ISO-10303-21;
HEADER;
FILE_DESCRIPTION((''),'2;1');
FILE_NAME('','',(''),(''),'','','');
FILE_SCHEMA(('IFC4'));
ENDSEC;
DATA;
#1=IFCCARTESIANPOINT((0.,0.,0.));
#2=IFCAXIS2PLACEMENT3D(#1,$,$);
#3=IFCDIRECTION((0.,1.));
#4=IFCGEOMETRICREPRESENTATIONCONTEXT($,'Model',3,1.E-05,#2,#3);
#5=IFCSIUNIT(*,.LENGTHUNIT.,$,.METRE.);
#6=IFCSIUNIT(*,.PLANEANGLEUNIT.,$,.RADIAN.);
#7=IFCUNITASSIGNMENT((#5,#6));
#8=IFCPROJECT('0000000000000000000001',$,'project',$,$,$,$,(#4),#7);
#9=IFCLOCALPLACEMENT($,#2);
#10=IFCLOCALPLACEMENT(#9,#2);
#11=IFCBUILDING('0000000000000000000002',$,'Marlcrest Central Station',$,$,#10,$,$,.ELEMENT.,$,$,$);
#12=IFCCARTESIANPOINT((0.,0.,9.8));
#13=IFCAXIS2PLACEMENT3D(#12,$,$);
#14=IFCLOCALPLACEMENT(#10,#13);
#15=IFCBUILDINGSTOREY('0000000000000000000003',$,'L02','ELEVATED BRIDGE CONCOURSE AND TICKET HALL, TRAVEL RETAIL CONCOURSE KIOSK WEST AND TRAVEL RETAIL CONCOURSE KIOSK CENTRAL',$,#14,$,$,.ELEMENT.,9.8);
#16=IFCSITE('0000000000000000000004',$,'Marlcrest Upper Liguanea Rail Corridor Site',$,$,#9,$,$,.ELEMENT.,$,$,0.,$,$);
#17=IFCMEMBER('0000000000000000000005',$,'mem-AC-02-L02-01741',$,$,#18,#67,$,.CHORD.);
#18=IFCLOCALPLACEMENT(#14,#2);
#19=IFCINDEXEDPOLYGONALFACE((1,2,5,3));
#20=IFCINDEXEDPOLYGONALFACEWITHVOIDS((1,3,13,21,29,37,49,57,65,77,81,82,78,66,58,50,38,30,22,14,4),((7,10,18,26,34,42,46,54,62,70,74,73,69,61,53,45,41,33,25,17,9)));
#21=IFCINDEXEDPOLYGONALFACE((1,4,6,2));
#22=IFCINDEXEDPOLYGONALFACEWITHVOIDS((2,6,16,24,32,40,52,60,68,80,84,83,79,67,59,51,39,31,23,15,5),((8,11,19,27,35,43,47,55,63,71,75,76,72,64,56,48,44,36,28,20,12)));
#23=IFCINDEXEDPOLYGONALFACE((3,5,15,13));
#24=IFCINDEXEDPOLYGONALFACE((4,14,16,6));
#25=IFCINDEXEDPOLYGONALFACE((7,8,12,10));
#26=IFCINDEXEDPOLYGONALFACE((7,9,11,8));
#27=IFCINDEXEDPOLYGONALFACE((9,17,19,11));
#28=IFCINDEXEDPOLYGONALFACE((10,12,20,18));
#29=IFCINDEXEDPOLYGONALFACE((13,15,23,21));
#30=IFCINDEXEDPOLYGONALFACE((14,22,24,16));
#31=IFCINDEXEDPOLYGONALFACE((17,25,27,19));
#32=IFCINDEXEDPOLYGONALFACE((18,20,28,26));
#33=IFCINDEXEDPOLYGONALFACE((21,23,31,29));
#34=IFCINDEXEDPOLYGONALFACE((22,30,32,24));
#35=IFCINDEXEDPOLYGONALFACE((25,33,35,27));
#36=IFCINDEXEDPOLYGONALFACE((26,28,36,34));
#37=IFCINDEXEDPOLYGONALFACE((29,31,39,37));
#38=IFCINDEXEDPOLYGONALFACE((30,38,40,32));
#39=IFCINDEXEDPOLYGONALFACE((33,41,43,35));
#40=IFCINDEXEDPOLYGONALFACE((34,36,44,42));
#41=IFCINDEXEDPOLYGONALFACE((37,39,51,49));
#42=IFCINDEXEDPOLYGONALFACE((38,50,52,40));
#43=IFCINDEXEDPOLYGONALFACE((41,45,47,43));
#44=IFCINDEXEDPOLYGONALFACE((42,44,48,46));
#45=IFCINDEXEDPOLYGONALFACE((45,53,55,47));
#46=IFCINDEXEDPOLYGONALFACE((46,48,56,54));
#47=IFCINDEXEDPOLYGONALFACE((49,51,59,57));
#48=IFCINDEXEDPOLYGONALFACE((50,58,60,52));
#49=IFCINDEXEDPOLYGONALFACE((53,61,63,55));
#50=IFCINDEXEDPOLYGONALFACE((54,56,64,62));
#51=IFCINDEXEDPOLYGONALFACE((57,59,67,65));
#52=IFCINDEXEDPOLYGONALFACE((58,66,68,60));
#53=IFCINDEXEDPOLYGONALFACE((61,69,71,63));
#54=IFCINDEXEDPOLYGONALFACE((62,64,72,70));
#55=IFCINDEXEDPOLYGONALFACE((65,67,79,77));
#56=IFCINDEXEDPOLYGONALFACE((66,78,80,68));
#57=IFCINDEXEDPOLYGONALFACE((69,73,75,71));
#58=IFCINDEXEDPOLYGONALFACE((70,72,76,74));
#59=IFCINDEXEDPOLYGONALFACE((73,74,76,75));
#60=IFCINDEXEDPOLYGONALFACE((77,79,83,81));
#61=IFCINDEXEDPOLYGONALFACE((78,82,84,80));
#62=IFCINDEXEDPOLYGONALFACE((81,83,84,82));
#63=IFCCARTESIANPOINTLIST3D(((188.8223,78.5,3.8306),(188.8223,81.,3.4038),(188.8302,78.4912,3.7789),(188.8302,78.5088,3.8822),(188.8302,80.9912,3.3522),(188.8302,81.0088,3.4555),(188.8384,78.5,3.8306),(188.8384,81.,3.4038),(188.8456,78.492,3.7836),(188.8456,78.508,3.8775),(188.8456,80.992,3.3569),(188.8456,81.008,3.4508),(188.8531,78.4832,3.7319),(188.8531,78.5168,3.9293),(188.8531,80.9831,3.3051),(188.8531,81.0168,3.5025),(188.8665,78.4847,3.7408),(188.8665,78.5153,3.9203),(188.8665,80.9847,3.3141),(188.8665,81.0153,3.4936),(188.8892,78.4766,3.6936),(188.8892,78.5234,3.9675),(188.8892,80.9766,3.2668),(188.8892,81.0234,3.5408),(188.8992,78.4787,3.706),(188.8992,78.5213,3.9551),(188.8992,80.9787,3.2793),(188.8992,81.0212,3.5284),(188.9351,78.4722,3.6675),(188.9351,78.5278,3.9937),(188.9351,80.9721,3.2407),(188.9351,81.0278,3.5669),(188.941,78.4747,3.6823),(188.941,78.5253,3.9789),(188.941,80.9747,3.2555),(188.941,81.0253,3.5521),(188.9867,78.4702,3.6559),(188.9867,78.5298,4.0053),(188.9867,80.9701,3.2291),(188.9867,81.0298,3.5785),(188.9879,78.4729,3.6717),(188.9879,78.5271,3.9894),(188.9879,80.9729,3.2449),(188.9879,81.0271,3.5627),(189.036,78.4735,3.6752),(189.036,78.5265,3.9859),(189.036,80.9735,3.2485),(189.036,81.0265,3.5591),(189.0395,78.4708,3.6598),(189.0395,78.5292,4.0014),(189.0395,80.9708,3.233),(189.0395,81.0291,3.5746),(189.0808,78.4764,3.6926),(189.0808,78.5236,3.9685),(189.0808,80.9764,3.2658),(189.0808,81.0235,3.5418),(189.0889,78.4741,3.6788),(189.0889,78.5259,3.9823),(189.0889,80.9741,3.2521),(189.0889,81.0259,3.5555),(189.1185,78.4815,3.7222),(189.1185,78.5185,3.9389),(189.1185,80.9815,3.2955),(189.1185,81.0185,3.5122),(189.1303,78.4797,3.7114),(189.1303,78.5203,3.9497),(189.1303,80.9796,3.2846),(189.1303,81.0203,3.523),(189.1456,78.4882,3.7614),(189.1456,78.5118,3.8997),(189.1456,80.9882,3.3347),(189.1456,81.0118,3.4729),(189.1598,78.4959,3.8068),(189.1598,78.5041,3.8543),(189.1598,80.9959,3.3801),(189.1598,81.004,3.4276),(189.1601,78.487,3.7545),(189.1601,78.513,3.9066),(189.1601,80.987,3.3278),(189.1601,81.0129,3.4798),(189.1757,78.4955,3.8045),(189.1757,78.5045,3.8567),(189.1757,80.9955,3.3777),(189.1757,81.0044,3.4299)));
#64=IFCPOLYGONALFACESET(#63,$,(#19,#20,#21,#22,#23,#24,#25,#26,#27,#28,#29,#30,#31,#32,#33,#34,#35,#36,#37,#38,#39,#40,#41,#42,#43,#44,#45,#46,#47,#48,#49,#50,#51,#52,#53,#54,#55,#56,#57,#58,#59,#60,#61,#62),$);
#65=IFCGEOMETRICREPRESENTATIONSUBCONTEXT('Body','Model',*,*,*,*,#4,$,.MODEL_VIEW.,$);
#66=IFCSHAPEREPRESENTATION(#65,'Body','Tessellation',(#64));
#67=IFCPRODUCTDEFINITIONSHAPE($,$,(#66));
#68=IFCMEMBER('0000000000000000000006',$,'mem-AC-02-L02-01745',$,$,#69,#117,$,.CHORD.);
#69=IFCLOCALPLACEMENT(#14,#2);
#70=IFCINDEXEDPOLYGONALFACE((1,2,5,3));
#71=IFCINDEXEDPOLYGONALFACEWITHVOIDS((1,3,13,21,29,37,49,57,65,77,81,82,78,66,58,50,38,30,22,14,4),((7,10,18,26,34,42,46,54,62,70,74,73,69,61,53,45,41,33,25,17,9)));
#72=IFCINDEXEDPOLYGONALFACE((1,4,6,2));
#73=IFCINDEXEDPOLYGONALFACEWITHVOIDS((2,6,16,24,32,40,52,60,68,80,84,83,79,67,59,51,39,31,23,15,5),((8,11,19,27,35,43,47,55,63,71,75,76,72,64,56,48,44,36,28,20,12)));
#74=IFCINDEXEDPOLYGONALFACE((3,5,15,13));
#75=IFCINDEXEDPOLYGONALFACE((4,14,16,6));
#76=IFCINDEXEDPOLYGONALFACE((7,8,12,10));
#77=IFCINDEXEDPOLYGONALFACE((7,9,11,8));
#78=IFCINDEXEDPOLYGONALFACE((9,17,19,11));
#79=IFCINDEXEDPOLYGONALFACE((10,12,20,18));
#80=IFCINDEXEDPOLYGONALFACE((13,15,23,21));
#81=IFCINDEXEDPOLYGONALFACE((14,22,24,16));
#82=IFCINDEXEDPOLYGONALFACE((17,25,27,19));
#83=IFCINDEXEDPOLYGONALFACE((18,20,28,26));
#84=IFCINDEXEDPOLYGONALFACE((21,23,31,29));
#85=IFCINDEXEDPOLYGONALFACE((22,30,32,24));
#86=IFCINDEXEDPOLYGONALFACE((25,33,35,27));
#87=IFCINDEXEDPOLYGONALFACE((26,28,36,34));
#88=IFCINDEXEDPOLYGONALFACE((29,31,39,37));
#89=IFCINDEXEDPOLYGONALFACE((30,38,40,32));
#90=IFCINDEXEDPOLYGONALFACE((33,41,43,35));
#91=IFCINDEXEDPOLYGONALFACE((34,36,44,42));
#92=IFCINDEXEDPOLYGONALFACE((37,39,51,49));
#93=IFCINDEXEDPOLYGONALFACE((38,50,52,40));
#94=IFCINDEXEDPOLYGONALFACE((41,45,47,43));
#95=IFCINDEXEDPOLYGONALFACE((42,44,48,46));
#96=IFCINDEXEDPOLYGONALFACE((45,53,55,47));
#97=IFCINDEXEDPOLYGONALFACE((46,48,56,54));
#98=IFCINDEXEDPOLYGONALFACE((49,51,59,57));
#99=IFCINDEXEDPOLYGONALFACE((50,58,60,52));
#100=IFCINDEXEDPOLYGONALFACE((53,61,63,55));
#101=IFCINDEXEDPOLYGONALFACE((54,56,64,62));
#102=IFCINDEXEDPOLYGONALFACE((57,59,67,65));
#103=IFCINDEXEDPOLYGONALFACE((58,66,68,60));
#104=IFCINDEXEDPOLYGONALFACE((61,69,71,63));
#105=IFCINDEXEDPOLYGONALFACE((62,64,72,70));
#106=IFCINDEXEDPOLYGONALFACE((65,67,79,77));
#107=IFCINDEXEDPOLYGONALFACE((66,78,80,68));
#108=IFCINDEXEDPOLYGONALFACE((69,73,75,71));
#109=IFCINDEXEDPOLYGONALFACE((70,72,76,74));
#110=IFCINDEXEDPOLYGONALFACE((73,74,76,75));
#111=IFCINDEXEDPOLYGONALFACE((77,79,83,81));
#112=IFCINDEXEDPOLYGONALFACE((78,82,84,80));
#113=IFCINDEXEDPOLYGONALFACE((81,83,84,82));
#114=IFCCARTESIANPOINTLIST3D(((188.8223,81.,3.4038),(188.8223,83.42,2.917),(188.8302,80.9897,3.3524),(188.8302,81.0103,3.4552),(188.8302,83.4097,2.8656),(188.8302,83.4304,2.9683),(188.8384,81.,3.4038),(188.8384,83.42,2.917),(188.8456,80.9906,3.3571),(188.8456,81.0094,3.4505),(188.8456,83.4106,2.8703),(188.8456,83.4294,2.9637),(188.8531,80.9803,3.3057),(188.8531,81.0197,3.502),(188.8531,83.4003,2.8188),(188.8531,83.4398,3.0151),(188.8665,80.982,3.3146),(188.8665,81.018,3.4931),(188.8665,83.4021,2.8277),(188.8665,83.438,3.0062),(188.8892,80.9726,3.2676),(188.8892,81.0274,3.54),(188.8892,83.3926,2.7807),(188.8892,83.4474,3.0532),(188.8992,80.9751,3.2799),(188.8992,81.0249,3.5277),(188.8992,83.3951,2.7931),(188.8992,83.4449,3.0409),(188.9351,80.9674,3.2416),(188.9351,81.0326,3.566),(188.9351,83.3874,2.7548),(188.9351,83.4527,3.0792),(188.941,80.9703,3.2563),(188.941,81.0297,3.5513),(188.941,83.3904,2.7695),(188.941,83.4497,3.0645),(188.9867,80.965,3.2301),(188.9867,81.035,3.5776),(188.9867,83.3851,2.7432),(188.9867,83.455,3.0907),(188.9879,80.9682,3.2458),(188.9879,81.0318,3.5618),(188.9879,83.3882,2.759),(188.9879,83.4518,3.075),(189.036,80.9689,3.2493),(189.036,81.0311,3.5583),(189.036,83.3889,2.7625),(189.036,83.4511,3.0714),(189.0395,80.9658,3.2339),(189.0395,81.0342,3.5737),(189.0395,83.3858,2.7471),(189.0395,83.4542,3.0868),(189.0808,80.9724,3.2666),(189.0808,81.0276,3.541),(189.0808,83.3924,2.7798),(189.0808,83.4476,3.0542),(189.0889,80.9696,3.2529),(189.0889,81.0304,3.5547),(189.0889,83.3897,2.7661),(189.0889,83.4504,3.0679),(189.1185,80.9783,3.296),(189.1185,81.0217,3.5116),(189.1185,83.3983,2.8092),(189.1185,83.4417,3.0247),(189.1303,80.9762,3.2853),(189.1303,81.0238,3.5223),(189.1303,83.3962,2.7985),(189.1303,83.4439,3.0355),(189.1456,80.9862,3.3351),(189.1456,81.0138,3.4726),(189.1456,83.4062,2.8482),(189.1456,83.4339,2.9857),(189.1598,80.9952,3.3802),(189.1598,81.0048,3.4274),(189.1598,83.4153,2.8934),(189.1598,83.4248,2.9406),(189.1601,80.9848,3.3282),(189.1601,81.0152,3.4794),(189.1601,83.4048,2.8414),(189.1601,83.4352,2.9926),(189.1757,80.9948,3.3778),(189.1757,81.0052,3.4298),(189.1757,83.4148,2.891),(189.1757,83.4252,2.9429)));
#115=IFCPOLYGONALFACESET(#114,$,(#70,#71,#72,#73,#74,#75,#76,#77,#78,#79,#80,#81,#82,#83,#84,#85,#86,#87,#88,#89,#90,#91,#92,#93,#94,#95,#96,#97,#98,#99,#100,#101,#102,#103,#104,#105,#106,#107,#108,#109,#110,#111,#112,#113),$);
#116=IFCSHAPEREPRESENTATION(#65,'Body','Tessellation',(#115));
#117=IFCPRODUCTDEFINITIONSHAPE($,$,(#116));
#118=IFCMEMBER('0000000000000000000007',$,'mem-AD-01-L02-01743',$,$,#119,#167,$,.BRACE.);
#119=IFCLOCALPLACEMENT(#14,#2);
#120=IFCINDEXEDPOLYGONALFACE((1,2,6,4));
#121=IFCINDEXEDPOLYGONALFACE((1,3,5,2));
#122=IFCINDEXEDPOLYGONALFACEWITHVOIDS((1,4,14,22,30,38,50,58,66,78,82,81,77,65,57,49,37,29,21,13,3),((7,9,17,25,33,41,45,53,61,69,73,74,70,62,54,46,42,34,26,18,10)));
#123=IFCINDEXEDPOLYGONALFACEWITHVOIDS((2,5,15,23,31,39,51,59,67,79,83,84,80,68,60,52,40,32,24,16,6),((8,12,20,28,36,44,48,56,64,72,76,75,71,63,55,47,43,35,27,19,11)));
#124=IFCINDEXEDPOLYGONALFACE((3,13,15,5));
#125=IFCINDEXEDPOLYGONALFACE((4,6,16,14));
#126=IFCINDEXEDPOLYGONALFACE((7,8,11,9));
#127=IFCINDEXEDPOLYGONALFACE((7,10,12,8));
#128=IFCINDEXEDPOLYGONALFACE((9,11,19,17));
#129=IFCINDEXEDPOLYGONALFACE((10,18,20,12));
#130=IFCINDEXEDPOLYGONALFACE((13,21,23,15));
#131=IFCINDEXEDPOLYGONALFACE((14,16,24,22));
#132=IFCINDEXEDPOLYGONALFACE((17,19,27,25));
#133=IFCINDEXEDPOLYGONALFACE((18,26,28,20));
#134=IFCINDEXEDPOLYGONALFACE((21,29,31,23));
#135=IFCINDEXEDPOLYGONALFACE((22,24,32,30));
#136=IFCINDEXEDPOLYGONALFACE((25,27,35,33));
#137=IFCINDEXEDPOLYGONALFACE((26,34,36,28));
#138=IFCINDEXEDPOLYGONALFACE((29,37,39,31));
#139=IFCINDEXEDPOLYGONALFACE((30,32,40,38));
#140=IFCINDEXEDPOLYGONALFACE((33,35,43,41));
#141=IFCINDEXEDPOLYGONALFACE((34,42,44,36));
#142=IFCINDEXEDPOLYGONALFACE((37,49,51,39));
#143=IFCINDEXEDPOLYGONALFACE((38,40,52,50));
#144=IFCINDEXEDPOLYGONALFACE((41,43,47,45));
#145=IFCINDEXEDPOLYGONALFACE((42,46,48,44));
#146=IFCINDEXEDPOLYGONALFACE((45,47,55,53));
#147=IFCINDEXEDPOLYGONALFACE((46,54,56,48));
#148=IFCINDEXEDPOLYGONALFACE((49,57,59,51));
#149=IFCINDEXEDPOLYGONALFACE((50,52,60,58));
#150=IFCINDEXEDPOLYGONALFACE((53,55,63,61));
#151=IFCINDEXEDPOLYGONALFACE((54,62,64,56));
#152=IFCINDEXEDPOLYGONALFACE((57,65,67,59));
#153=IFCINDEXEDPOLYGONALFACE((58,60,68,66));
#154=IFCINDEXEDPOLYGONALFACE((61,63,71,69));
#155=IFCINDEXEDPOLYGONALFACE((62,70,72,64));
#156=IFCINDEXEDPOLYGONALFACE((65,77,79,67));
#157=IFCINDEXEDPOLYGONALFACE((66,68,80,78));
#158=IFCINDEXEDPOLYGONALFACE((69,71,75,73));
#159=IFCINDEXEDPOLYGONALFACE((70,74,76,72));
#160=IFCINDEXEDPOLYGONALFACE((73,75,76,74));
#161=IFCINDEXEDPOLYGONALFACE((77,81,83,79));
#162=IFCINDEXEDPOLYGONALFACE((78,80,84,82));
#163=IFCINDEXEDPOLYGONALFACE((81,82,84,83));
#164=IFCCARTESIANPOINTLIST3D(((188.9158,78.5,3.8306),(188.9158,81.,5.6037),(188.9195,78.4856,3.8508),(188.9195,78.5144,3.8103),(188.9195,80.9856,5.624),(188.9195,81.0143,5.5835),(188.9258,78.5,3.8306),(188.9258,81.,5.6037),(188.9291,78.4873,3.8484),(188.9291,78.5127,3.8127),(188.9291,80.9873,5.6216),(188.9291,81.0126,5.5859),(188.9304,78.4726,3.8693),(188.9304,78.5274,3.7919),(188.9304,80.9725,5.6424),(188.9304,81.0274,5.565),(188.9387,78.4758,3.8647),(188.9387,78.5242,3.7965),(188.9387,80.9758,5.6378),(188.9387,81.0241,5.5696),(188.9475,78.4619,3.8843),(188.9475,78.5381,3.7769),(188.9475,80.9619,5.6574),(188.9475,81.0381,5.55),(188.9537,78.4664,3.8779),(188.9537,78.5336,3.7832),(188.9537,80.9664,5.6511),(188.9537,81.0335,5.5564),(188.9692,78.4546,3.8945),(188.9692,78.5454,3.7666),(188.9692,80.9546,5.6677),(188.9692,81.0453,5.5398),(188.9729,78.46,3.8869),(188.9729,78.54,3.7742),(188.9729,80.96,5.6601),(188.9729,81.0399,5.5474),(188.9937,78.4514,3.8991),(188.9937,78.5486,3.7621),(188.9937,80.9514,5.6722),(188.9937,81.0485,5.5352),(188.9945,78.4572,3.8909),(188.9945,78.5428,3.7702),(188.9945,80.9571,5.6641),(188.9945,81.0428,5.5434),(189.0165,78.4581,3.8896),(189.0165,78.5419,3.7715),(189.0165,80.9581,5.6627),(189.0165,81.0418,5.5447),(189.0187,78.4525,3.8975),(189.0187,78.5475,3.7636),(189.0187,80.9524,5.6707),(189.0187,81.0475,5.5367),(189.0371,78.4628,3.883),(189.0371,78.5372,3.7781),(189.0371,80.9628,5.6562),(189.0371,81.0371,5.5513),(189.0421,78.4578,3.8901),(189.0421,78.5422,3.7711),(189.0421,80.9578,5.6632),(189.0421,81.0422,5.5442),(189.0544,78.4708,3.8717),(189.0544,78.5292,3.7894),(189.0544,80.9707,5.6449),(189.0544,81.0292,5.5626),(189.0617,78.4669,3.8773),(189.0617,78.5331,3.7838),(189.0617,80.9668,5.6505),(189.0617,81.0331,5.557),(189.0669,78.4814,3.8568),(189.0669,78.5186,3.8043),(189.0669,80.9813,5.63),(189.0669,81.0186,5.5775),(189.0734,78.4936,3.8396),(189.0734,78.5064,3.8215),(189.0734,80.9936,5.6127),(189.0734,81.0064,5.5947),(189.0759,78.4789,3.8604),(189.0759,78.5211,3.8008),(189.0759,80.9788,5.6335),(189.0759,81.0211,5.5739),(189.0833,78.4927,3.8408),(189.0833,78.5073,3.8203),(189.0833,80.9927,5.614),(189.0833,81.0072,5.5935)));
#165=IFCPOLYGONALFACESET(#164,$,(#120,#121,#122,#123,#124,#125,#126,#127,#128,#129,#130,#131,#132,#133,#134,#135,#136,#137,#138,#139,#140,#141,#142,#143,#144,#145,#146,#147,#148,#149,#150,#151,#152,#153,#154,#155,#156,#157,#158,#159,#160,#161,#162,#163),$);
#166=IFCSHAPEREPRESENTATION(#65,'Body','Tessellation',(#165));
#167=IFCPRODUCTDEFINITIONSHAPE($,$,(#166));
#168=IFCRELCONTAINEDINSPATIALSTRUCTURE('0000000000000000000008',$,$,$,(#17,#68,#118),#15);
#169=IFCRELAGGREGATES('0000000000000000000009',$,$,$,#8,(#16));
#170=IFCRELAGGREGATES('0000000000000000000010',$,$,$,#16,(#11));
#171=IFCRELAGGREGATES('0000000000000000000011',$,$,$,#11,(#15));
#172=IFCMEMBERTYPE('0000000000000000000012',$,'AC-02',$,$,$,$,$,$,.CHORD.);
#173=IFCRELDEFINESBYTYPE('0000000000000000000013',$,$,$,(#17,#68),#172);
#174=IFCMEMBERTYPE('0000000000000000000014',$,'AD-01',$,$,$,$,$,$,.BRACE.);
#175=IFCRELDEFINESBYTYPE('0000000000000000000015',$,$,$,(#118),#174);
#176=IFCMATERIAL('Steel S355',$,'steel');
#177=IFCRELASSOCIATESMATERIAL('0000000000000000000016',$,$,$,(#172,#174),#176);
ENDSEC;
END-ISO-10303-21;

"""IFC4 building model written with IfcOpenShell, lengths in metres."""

from ifc_helpers import new_model, si_unit, direction, frame, origin, origin_2d, place, context, subcontext, project, spatial, hollow_circle, extrude, material, material_profile, profile_set, type_object, element, save


model = new_model("IFC4")

# Units and contexts
model_context = context("Model", 3, precision=1e-05, world=origin(), true_north=direction((0.0, 1.0)))
body_context = subcontext(model_context, "Body", "Model", "MODEL_VIEW")
ifc_project = project(units=[si_unit("LENGTHUNIT", "METRE"), si_unit("PLANEANGLEUNIT", "RADIAN")], contexts=[model_context])

# Site, building, storey
site_placement = place(None, origin())
site = spatial("IfcSite", under=ifc_project, at=site_placement, Name="Marlcrest Upper Liguanea Rail Corridor Site", CompositionType="ELEMENT", RefElevation=0.0)
building_placement = place(site_placement, origin())
building = spatial("IfcBuilding", under=site, at=building_placement, Name="Marlcrest Central Station", CompositionType="ELEMENT")
storey_placement = place(building_placement, frame((0.0, 0.0, 9.8)))
storey = spatial("IfcBuildingStorey", under=building, at=storey_placement, Name="L02", Description="ELEVATED BRIDGE CONCOURSE AND TICKET HALL, TRAVEL RETAIL CONCOURSE KIOSK WEST AND TRAVEL RETAIL CONCOURSE KIOSK CENTRAL", CompositionType="ELEMENT", Elevation=9.8)

# Members
ifc_material_1 = material(Name="Steel S355", Category="steel")
ifc_material_profile_1 = material_profile(ifc_material_1, hollow_circle(Radius=0.1777, WallThickness=0.0161, at=origin_2d()), Name="CHS 355.6x16")
ifc_profile_set_1 = profile_set([ifc_material_profile_1], Name="Steel S355")
member_type_1 = type_object("IfcMemberType", Name="AC-02", PredefinedType="CHORD", material=ifc_profile_set_1)
member_1_placement = place(storey_placement, frame((189.0, 78.5, 3.8306), z_axis=(0.0, 0.985741, -0.168269), x_axis=(-1.0, 0.0, 0.0)))
element("IfcMember", 1, at=member_1_placement, inside=storey, type_object=member_type_1, Name="mem-AC-02-L02-01741", PredefinedType="CHORD", context=body_context, shape_type="SweptSolid", body=[
    extrude(hollow_circle(Radius=0.1777, WallThickness=0.0161, at=origin_2d()), origin(), (0.0, 0.0, 1.0), 2.5361),
])
member_2_placement = place(storey_placement, frame((189.0, 81.0, 3.4038), z_axis=(0.0, 0.980359, -0.197219), x_axis=(-1.0, 0.0, 0.0)))
element("IfcMember", 2, at=member_2_placement, inside=storey, type_object=member_type_1, Name="mem-AC-02-L02-01745", PredefinedType="CHORD", context=body_context, shape_type="SweptSolid", body=[
    extrude(hollow_circle(Radius=0.1777, WallThickness=0.0161, at=origin_2d()), origin(), (0.0, 0.0, 1.0), 2.4685),
])
ifc_material_profile_2 = material_profile(ifc_material_1, hollow_circle(Radius=0.0842, WallThickness=0.01, at=origin_2d()), Name="CHS 168.3x10")
ifc_profile_set_2 = profile_set([ifc_material_profile_2], Name="Steel S355")
member_type_2 = type_object("IfcMemberType", Name="AD-01", PredefinedType="BRACE", material=ifc_profile_set_2)
member_3_placement = place(storey_placement, frame((189.0, 78.5, 3.8306), z_axis=(0.0, 0.815661, 0.57853), x_axis=(-1.0, 0.0, 0.0)))
element("IfcMember", 3, at=member_3_placement, inside=storey, type_object=member_type_2, Name="mem-AD-01-L02-01743", PredefinedType="BRACE", context=body_context, shape_type="SweptSolid", body=[
    extrude(hollow_circle(Radius=0.0842, WallThickness=0.01, at=origin_2d()), origin(), (0.0, 0.0, 1.0), 3.0649),
])

save(model, "model.ifc")
